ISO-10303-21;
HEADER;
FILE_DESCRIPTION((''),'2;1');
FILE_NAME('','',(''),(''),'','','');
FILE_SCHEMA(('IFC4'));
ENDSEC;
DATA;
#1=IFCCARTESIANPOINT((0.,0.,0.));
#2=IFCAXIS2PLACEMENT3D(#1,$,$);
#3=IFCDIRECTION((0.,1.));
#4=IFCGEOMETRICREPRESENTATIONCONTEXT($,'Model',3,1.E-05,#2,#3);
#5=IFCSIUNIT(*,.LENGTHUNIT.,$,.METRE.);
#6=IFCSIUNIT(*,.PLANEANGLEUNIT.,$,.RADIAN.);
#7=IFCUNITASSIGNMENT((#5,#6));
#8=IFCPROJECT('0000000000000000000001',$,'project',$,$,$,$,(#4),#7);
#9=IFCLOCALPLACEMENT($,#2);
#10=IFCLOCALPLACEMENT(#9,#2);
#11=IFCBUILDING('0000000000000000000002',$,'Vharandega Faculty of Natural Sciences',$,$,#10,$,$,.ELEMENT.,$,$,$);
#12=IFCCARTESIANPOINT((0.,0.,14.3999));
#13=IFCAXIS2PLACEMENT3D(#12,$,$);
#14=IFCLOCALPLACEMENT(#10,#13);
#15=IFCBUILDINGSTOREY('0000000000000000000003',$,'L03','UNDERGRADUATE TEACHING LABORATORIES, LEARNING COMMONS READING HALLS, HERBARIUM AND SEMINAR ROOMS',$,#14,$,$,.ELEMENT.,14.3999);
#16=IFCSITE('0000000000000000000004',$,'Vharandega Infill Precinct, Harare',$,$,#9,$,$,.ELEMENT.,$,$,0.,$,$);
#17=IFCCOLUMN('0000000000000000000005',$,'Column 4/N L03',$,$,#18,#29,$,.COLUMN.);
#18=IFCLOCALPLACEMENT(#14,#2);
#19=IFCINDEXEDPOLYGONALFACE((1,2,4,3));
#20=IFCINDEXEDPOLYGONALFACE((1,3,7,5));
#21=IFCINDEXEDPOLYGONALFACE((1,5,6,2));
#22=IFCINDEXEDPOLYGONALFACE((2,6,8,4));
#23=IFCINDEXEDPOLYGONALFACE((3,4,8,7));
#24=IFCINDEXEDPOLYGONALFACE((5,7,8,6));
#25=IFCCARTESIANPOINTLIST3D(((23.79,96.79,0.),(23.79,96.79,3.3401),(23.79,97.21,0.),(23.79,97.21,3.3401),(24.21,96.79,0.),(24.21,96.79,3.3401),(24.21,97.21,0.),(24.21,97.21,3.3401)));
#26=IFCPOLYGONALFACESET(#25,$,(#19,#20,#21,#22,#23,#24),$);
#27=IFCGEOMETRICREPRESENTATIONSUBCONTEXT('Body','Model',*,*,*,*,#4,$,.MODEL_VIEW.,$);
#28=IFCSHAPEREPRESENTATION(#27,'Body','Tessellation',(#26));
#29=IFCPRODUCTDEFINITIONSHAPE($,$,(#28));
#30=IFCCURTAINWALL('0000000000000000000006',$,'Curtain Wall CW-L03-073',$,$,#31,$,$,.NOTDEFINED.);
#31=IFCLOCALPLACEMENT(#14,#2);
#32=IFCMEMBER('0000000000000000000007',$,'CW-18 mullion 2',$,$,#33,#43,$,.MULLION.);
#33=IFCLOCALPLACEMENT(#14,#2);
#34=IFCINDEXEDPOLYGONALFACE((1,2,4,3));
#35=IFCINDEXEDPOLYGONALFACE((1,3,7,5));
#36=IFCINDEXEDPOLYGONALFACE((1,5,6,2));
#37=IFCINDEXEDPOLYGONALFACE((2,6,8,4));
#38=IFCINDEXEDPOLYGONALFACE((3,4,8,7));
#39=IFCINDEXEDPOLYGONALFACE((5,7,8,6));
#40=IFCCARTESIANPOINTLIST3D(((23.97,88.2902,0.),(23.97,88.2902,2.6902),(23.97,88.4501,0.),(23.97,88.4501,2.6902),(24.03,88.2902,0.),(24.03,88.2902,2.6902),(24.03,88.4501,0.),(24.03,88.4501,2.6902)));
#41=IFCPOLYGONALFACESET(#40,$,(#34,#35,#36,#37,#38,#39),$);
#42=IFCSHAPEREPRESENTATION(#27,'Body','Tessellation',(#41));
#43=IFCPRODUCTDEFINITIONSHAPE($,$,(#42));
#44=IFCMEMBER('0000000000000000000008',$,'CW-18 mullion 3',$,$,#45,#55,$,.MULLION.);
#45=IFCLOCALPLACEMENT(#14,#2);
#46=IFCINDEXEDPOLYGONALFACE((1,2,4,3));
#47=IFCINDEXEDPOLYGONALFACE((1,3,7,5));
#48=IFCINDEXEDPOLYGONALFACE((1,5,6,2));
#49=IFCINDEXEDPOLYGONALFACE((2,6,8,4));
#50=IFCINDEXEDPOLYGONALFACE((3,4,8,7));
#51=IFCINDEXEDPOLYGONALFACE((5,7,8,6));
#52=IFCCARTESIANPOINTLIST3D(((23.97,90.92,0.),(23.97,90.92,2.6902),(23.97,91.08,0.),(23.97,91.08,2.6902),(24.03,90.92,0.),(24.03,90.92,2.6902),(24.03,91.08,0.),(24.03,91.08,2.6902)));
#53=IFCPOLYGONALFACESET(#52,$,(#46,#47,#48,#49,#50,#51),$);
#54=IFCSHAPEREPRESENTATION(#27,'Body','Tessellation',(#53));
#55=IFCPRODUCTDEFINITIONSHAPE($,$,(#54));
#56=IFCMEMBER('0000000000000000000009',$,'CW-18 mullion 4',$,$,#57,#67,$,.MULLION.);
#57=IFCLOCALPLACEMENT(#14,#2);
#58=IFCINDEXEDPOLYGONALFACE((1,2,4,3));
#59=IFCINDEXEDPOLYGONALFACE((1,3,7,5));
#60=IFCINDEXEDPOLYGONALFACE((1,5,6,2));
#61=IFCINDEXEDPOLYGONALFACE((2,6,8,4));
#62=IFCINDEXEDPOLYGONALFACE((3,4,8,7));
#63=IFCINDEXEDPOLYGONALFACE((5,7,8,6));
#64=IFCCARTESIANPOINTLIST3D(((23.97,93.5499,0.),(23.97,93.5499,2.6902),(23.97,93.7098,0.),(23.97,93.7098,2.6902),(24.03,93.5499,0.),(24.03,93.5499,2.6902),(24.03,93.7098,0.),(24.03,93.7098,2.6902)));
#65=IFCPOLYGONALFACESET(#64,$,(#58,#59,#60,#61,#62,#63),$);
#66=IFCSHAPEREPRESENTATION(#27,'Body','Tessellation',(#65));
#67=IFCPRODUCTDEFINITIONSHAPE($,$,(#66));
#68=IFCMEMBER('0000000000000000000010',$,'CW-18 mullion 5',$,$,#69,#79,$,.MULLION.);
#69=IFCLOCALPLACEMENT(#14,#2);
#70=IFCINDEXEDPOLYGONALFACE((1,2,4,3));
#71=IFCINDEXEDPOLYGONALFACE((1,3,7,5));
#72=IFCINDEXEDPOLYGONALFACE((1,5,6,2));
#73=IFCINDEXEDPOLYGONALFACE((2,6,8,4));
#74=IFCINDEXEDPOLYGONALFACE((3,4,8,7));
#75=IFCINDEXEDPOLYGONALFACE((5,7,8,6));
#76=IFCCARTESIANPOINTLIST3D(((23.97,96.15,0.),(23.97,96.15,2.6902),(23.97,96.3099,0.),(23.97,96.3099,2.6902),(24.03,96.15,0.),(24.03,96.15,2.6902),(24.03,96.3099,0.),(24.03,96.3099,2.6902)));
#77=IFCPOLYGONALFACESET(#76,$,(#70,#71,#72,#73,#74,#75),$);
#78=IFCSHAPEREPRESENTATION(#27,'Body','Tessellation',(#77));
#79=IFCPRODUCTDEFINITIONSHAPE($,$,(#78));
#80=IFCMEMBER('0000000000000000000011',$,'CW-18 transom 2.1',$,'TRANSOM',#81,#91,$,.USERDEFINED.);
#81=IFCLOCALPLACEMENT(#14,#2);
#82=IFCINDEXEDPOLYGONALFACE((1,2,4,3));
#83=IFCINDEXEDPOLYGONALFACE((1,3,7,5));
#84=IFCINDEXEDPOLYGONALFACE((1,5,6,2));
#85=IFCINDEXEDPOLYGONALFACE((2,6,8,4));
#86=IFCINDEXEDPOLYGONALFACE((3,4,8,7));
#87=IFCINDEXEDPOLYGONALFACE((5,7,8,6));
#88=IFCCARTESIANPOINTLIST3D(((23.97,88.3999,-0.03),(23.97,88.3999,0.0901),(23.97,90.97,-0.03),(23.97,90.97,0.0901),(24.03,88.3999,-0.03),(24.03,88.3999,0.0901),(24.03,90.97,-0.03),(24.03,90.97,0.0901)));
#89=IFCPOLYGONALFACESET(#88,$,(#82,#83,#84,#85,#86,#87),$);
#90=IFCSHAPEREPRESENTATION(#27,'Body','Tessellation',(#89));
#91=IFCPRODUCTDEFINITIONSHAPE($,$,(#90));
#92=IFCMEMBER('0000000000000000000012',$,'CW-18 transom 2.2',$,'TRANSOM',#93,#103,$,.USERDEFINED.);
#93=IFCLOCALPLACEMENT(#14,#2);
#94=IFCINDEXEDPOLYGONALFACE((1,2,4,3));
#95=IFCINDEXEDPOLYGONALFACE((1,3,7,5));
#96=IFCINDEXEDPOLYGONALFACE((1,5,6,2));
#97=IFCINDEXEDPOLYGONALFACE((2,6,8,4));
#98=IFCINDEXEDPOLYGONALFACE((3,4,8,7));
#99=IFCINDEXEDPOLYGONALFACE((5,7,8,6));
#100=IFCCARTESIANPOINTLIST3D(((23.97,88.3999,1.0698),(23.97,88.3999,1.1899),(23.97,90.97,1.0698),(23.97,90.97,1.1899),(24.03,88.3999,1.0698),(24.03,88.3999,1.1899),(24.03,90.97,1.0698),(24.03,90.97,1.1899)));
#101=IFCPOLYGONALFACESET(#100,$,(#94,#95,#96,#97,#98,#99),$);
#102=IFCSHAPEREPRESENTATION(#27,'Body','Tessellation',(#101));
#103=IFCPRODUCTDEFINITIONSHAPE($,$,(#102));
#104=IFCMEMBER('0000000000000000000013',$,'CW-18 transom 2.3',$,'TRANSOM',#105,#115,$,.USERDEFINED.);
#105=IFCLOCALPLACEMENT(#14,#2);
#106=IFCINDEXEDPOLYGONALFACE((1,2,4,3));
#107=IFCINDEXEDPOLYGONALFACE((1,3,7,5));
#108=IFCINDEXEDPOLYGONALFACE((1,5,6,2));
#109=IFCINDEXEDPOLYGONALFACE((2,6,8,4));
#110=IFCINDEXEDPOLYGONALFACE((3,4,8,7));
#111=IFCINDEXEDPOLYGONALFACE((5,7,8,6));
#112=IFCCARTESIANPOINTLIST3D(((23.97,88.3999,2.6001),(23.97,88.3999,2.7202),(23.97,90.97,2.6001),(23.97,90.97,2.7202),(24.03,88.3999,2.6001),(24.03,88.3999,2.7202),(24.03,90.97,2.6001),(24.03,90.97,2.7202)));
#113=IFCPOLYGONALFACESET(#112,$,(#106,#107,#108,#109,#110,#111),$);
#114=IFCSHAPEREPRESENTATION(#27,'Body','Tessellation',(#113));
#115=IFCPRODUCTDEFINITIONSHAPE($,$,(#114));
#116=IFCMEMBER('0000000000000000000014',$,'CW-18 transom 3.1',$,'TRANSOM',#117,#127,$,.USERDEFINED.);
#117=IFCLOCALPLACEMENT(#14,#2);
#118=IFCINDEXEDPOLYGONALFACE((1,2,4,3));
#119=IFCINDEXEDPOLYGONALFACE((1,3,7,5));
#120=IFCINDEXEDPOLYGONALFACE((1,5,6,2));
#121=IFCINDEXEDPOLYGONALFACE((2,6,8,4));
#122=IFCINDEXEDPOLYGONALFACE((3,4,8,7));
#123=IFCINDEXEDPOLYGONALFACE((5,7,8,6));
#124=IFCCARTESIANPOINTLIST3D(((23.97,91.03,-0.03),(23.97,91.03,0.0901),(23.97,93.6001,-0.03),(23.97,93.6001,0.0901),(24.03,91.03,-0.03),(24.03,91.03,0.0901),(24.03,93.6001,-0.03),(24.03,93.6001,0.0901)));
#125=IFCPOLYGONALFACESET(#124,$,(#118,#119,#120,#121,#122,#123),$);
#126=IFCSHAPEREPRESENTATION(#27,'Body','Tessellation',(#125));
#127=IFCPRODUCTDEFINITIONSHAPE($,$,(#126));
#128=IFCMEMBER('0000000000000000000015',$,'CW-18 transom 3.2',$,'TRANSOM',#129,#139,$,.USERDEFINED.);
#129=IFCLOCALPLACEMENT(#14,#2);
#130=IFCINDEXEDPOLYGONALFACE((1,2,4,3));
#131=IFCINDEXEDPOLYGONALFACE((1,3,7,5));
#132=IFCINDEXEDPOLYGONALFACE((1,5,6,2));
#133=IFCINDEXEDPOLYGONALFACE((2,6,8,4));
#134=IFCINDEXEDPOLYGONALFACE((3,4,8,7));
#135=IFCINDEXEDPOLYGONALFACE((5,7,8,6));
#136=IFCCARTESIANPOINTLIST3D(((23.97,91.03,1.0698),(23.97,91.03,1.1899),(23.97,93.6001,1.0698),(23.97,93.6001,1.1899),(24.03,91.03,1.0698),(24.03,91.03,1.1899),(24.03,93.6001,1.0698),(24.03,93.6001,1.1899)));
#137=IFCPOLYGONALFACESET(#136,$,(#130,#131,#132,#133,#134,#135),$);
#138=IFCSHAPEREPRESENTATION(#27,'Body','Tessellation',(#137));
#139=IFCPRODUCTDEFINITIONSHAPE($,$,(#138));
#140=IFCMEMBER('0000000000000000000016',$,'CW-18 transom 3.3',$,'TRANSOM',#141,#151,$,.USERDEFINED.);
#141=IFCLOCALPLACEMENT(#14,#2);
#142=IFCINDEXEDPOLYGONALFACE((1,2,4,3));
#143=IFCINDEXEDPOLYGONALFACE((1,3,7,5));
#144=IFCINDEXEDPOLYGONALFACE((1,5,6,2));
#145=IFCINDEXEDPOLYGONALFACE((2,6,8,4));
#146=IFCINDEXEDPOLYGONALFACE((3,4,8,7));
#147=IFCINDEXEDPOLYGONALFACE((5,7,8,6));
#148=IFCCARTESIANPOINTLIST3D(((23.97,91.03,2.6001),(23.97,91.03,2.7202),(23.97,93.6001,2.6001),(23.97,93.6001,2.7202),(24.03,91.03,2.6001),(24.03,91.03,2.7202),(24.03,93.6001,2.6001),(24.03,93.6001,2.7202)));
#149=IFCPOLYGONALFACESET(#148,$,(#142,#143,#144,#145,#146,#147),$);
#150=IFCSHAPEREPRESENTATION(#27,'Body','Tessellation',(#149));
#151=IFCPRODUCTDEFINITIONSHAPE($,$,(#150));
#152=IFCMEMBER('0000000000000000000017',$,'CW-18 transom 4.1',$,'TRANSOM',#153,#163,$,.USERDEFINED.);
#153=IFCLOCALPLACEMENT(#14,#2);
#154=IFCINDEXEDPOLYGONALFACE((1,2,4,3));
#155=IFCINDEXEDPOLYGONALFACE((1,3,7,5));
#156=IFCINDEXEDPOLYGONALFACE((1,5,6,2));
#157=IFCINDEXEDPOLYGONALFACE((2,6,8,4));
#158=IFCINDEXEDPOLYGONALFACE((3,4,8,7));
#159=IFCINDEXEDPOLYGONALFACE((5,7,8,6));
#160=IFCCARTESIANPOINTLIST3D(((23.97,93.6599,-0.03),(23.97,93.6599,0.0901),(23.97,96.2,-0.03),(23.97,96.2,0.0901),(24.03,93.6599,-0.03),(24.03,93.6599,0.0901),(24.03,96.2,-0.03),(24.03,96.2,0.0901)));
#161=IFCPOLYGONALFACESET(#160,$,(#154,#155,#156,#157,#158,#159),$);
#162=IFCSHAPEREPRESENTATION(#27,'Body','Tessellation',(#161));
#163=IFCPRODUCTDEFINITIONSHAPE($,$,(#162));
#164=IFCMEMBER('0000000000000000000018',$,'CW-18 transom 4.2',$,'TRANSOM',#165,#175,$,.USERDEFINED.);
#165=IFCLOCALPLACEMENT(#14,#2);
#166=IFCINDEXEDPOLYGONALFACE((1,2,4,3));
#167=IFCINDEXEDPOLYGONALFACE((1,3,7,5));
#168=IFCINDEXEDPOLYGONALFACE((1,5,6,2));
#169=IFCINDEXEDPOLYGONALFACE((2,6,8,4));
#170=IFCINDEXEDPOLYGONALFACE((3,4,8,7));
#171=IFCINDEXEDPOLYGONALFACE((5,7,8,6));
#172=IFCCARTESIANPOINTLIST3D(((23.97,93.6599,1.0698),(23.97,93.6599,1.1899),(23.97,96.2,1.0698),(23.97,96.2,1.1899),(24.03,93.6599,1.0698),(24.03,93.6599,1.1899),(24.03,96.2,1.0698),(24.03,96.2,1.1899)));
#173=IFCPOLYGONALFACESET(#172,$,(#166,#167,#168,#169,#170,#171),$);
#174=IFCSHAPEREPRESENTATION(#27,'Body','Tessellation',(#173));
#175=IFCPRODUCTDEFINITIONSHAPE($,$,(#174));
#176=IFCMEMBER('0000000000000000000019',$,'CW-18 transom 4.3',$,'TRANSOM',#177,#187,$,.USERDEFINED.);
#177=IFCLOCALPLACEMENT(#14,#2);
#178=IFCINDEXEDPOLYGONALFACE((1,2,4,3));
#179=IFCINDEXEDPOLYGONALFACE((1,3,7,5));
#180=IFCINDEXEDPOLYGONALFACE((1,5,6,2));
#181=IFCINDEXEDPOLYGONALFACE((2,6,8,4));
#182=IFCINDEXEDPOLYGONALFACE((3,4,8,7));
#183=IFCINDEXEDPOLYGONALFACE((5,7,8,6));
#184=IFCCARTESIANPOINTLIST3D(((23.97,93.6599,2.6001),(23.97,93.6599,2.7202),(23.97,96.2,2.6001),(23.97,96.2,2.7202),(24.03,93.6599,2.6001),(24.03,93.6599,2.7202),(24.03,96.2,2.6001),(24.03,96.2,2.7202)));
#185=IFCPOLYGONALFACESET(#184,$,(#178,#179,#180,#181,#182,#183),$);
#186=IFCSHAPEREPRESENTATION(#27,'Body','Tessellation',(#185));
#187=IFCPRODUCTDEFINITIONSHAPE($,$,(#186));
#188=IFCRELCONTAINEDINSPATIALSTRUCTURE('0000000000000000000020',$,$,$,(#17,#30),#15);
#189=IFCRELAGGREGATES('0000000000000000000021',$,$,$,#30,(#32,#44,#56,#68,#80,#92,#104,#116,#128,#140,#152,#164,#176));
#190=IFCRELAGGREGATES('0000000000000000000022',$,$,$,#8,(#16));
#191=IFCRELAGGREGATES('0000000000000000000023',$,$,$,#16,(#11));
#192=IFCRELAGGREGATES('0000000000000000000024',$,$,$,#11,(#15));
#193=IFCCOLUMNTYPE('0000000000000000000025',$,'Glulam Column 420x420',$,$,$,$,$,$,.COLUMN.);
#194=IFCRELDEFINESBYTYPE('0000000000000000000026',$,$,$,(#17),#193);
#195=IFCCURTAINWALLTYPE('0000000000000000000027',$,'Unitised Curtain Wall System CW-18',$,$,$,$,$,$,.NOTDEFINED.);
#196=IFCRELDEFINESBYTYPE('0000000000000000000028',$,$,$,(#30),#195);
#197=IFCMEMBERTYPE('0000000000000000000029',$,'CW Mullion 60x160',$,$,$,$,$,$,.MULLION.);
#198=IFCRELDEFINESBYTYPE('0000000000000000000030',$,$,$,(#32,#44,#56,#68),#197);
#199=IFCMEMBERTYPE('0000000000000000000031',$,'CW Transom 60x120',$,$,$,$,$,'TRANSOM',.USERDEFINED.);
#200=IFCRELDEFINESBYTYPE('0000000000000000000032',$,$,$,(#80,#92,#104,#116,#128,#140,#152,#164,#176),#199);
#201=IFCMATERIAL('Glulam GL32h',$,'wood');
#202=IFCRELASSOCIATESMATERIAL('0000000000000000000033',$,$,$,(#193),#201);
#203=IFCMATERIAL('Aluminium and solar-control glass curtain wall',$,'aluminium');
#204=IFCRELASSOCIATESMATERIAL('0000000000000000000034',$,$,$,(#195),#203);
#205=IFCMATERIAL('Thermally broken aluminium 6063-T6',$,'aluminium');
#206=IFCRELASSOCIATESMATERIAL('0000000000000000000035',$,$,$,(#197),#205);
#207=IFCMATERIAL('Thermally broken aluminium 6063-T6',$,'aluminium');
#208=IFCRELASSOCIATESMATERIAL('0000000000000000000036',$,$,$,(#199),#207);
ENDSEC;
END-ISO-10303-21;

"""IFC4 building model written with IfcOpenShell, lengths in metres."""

from ifc_helpers import new_model, si_unit, direction, frame, origin, origin_2d, place, context, subcontext, project, spatial, rectangle, extrude, material, material_profile, profile_set, type_object, element, aggregate, save


model = new_model("IFC4")

# Units and contexts
model_context = context("Model", 3, precision=1e-05, world=origin(), true_north=direction((0.0, 1.0)))
body_context = subcontext(model_context, "Body", "Model", "MODEL_VIEW")
ifc_project = project(units=[si_unit("LENGTHUNIT", "METRE"), si_unit("PLANEANGLEUNIT", "RADIAN")], contexts=[model_context])

# Site, building, storey
site_placement = place(None, origin())
site = spatial("IfcSite", under=ifc_project, at=site_placement, Name="Vharandega Infill Precinct, Harare", CompositionType="ELEMENT", RefElevation=0.0)
building_placement = place(site_placement, origin())
building = spatial("IfcBuilding", under=site, at=building_placement, Name="Vharandega Faculty of Natural Sciences", CompositionType="ELEMENT")
storey_placement = place(building_placement, frame((0.0, 0.0, 14.3999)))
storey = spatial("IfcBuildingStorey", under=building, at=storey_placement, Name="L03", Description="UNDERGRADUATE TEACHING LABORATORIES, LEARNING COMMONS READING HALLS, HERBARIUM AND SEMINAR ROOMS", CompositionType="ELEMENT", Elevation=14.3999)

# Column
ifc_material_1 = material(Name="Glulam GL32h", Category="wood")
ifc_material_profile_1 = material_profile(ifc_material_1, rectangle(XDim=0.4199, YDim=0.4199, at=origin_2d()), Name="GL32h 420x420")
ifc_profile_set_1 = profile_set([ifc_material_profile_1], Name="Glulam GL32h")
column_type = type_object("IfcColumnType", Name="Glulam Column 420x420", PredefinedType="COLUMN", material=ifc_profile_set_1)
column_placement = place(storey_placement, frame((24.0, 97.0, 0.0), z_axis=(0.0, 0.0, 1.0), x_axis=(1.0, 0.0, 0.0)))
element("IfcColumn", 1, at=column_placement, inside=storey, type_object=column_type, Name="Column 4/N L03", PredefinedType="COLUMN", context=body_context, shape_type="SweptSolid", body=[
    extrude(rectangle(XDim=0.4199, YDim=0.4199, at=origin_2d()), origin(), (0.0, 0.0, 1.0), 3.3401),
])

# Curtain wall, members
ifc_material_2 = material(Name="Aluminium and solar-control glass curtain wall", Category="aluminium")
curtain_wall_type = type_object("IfcCurtainWallType", Name="Unitised Curtain Wall System CW-18", PredefinedType="NOTDEFINED", material=ifc_material_2)
curtain_wall_placement = place(storey_placement, origin())
curtain_wall = element("IfcCurtainWall", 2, at=curtain_wall_placement, inside=storey, type_object=curtain_wall_type, Name="Curtain Wall CW-L03-073", PredefinedType="NOTDEFINED")
ifc_material_3 = material(Name="Thermally broken aluminium 6063-T6", Category="aluminium")
ifc_material_profile_2 = material_profile(ifc_material_3, rectangle(XDim=0.0601, YDim=0.1599, at=origin_2d()), Name="ALU 60x160")
ifc_profile_set_2 = profile_set([ifc_material_profile_2], Name="Thermally broken aluminium 6063-T6")
member_type_1 = type_object("IfcMemberType", Name="CW Mullion 60x160", PredefinedType="MULLION", material=ifc_profile_set_2)
member_1_placement = place(storey_placement, frame((24.0, 88.3701, 0.0), z_axis=(0.0, 0.0, 1.0), x_axis=(-1.0, 0.0, 0.0)))
member_1 = element("IfcMember", 3, at=member_1_placement, type_object=member_type_1, Name="CW-18 mullion 2", PredefinedType="MULLION", context=body_context, shape_type="SweptSolid", body=[
    extrude(rectangle(XDim=0.0601, YDim=0.1599, at=origin_2d()), origin(), (0.0, 0.0, 1.0), 2.6902),
])
member_2_placement = place(storey_placement, frame((24.0, 91.0, 0.0), z_axis=(0.0, 0.0, 1.0), x_axis=(-1.0, 0.0, 0.0)))
member_2 = element("IfcMember", 4, at=member_2_placement, type_object=member_type_1, Name="CW-18 mullion 3", PredefinedType="MULLION", context=body_context, shape_type="SweptSolid", body=[
    extrude(rectangle(XDim=0.0601, YDim=0.1599, at=origin_2d()), origin(), (0.0, 0.0, 1.0), 2.6902),
])
member_3_placement = place(storey_placement, frame((24.0, 93.6299, 0.0), z_axis=(0.0, 0.0, 1.0), x_axis=(-1.0, 0.0, 0.0)))
member_3 = element("IfcMember", 5, at=member_3_placement, type_object=member_type_1, Name="CW-18 mullion 4", PredefinedType="MULLION", context=body_context, shape_type="SweptSolid", body=[
    extrude(rectangle(XDim=0.0601, YDim=0.1599, at=origin_2d()), origin(), (0.0, 0.0, 1.0), 2.6902),
])
member_4_placement = place(storey_placement, frame((24.0, 96.23, 0.0), z_axis=(0.0, 0.0, 1.0), x_axis=(-1.0, 0.0, 0.0)))
member_4 = element("IfcMember", 6, at=member_4_placement, type_object=member_type_1, Name="CW-18 mullion 5", PredefinedType="MULLION", context=body_context, shape_type="SweptSolid", body=[
    extrude(rectangle(XDim=0.0601, YDim=0.1599, at=origin_2d()), origin(), (0.0, 0.0, 1.0), 2.6902),
])
ifc_material_4 = material(Name="Thermally broken aluminium 6063-T6", Category="aluminium")
ifc_material_profile_3 = material_profile(ifc_material_4, rectangle(XDim=0.0601, YDim=0.1201, at=origin_2d()), Name="ALU 60x120")
ifc_profile_set_3 = profile_set([ifc_material_profile_3], Name="Thermally broken aluminium 6063-T6")
member_type_2 = type_object("IfcMemberType", Name="CW Transom 60x120", ElementType="TRANSOM", PredefinedType="USERDEFINED", material=ifc_profile_set_3)
member_5_placement = place(storey_placement, frame((24.0, 88.3999, 0.03), z_axis=(0.0, 1.0, 0.0), x_axis=(-1.0, 0.0, 0.0)))
member_5 = element("IfcMember", 7, at=member_5_placement, type_object=member_type_2, Name="CW-18 transom 2.1", ObjectType="TRANSOM", PredefinedType="USERDEFINED", context=body_context, shape_type="SweptSolid", body=[
    extrude(rectangle(XDim=0.0601, YDim=0.1201, at=origin_2d()), origin(), (0.0, 0.0, 1.0), 2.5701),
])
member_6_placement = place(storey_placement, frame((24.0, 88.3999, 1.1299), z_axis=(0.0, 1.0, 0.0), x_axis=(-1.0, 0.0, 0.0)))
member_6 = element("IfcMember", 8, at=member_6_placement, type_object=member_type_2, Name="CW-18 transom 2.2", ObjectType="TRANSOM", PredefinedType="USERDEFINED", context=body_context, shape_type="SweptSolid", body=[
    extrude(rectangle(XDim=0.0601, YDim=0.1201, at=origin_2d()), origin(), (0.0, 0.0, 1.0), 2.5701),
])
member_7_placement = place(storey_placement, frame((24.0, 88.3999, 2.6602), z_axis=(0.0, 1.0, 0.0), x_axis=(-1.0, 0.0, 0.0)))
member_7 = element("IfcMember", 9, at=member_7_placement, type_object=member_type_2, Name="CW-18 transom 2.3", ObjectType="TRANSOM", PredefinedType="USERDEFINED", context=body_context, shape_type="SweptSolid", body=[
    extrude(rectangle(XDim=0.0601, YDim=0.1201, at=origin_2d()), origin(), (0.0, 0.0, 1.0), 2.5701),
])
member_8_placement = place(storey_placement, frame((24.0, 91.03, 0.03), z_axis=(0.0, 1.0, 0.0), x_axis=(-1.0, 0.0, 0.0)))
member_8 = element("IfcMember", 10, at=member_8_placement, type_object=member_type_2, Name="CW-18 transom 3.1", ObjectType="TRANSOM", PredefinedType="USERDEFINED", context=body_context, shape_type="SweptSolid", body=[
    extrude(rectangle(XDim=0.0601, YDim=0.1201, at=origin_2d()), origin(), (0.0, 0.0, 1.0), 2.5701),
])
member_9_placement = place(storey_placement, frame((24.0, 91.03, 1.1299), z_axis=(0.0, 1.0, 0.0), x_axis=(-1.0, 0.0, 0.0)))
member_9 = element("IfcMember", 11, at=member_9_placement, type_object=member_type_2, Name="CW-18 transom 3.2", ObjectType="TRANSOM", PredefinedType="USERDEFINED", context=body_context, shape_type="SweptSolid", body=[
    extrude(rectangle(XDim=0.0601, YDim=0.1201, at=origin_2d()), origin(), (0.0, 0.0, 1.0), 2.5701),
])
member_10_placement = place(storey_placement, frame((24.0, 91.03, 2.6602), z_axis=(0.0, 1.0, 0.0), x_axis=(-1.0, 0.0, 0.0)))
member_10 = element("IfcMember", 12, at=member_10_placement, type_object=member_type_2, Name="CW-18 transom 3.3", ObjectType="TRANSOM", PredefinedType="USERDEFINED", context=body_context, shape_type="SweptSolid", body=[
    extrude(rectangle(XDim=0.0601, YDim=0.1201, at=origin_2d()), origin(), (0.0, 0.0, 1.0), 2.5701),
])
member_11_placement = place(storey_placement, frame((24.0, 93.6599, 0.03), z_axis=(0.0, 1.0, 0.0), x_axis=(-1.0, 0.0, 0.0)))
member_11 = element("IfcMember", 13, at=member_11_placement, type_object=member_type_2, Name="CW-18 transom 4.1", ObjectType="TRANSOM", PredefinedType="USERDEFINED", context=body_context, shape_type="SweptSolid", body=[
    extrude(rectangle(XDim=0.0601, YDim=0.1201, at=origin_2d()), origin(), (0.0, 0.0, 1.0), 2.54),
])
member_12_placement = place(storey_placement, frame((24.0, 93.6599, 1.1299), z_axis=(0.0, 1.0, 0.0), x_axis=(-1.0, 0.0, 0.0)))
member_12 = element("IfcMember", 14, at=member_12_placement, type_object=member_type_2, Name="CW-18 transom 4.2", ObjectType="TRANSOM", PredefinedType="USERDEFINED", context=body_context, shape_type="SweptSolid", body=[
    extrude(rectangle(XDim=0.0601, YDim=0.1201, at=origin_2d()), origin(), (0.0, 0.0, 1.0), 2.54),
])
member_13_placement = place(storey_placement, frame((24.0, 93.6599, 2.6602), z_axis=(0.0, 1.0, 0.0), x_axis=(-1.0, 0.0, 0.0)))
member_13 = element("IfcMember", 15, at=member_13_placement, type_object=member_type_2, Name="CW-18 transom 4.3", ObjectType="TRANSOM", PredefinedType="USERDEFINED", context=body_context, shape_type="SweptSolid", body=[
    extrude(rectangle(XDim=0.0601, YDim=0.1201, at=origin_2d()), origin(), (0.0, 0.0, 1.0), 2.54),
])

aggregate(curtain_wall, [member_1, member_2, member_3, member_4, member_5, member_6, member_7, member_8, member_9, member_10, member_11, member_12, member_13])

save(model, "model.ifc")
